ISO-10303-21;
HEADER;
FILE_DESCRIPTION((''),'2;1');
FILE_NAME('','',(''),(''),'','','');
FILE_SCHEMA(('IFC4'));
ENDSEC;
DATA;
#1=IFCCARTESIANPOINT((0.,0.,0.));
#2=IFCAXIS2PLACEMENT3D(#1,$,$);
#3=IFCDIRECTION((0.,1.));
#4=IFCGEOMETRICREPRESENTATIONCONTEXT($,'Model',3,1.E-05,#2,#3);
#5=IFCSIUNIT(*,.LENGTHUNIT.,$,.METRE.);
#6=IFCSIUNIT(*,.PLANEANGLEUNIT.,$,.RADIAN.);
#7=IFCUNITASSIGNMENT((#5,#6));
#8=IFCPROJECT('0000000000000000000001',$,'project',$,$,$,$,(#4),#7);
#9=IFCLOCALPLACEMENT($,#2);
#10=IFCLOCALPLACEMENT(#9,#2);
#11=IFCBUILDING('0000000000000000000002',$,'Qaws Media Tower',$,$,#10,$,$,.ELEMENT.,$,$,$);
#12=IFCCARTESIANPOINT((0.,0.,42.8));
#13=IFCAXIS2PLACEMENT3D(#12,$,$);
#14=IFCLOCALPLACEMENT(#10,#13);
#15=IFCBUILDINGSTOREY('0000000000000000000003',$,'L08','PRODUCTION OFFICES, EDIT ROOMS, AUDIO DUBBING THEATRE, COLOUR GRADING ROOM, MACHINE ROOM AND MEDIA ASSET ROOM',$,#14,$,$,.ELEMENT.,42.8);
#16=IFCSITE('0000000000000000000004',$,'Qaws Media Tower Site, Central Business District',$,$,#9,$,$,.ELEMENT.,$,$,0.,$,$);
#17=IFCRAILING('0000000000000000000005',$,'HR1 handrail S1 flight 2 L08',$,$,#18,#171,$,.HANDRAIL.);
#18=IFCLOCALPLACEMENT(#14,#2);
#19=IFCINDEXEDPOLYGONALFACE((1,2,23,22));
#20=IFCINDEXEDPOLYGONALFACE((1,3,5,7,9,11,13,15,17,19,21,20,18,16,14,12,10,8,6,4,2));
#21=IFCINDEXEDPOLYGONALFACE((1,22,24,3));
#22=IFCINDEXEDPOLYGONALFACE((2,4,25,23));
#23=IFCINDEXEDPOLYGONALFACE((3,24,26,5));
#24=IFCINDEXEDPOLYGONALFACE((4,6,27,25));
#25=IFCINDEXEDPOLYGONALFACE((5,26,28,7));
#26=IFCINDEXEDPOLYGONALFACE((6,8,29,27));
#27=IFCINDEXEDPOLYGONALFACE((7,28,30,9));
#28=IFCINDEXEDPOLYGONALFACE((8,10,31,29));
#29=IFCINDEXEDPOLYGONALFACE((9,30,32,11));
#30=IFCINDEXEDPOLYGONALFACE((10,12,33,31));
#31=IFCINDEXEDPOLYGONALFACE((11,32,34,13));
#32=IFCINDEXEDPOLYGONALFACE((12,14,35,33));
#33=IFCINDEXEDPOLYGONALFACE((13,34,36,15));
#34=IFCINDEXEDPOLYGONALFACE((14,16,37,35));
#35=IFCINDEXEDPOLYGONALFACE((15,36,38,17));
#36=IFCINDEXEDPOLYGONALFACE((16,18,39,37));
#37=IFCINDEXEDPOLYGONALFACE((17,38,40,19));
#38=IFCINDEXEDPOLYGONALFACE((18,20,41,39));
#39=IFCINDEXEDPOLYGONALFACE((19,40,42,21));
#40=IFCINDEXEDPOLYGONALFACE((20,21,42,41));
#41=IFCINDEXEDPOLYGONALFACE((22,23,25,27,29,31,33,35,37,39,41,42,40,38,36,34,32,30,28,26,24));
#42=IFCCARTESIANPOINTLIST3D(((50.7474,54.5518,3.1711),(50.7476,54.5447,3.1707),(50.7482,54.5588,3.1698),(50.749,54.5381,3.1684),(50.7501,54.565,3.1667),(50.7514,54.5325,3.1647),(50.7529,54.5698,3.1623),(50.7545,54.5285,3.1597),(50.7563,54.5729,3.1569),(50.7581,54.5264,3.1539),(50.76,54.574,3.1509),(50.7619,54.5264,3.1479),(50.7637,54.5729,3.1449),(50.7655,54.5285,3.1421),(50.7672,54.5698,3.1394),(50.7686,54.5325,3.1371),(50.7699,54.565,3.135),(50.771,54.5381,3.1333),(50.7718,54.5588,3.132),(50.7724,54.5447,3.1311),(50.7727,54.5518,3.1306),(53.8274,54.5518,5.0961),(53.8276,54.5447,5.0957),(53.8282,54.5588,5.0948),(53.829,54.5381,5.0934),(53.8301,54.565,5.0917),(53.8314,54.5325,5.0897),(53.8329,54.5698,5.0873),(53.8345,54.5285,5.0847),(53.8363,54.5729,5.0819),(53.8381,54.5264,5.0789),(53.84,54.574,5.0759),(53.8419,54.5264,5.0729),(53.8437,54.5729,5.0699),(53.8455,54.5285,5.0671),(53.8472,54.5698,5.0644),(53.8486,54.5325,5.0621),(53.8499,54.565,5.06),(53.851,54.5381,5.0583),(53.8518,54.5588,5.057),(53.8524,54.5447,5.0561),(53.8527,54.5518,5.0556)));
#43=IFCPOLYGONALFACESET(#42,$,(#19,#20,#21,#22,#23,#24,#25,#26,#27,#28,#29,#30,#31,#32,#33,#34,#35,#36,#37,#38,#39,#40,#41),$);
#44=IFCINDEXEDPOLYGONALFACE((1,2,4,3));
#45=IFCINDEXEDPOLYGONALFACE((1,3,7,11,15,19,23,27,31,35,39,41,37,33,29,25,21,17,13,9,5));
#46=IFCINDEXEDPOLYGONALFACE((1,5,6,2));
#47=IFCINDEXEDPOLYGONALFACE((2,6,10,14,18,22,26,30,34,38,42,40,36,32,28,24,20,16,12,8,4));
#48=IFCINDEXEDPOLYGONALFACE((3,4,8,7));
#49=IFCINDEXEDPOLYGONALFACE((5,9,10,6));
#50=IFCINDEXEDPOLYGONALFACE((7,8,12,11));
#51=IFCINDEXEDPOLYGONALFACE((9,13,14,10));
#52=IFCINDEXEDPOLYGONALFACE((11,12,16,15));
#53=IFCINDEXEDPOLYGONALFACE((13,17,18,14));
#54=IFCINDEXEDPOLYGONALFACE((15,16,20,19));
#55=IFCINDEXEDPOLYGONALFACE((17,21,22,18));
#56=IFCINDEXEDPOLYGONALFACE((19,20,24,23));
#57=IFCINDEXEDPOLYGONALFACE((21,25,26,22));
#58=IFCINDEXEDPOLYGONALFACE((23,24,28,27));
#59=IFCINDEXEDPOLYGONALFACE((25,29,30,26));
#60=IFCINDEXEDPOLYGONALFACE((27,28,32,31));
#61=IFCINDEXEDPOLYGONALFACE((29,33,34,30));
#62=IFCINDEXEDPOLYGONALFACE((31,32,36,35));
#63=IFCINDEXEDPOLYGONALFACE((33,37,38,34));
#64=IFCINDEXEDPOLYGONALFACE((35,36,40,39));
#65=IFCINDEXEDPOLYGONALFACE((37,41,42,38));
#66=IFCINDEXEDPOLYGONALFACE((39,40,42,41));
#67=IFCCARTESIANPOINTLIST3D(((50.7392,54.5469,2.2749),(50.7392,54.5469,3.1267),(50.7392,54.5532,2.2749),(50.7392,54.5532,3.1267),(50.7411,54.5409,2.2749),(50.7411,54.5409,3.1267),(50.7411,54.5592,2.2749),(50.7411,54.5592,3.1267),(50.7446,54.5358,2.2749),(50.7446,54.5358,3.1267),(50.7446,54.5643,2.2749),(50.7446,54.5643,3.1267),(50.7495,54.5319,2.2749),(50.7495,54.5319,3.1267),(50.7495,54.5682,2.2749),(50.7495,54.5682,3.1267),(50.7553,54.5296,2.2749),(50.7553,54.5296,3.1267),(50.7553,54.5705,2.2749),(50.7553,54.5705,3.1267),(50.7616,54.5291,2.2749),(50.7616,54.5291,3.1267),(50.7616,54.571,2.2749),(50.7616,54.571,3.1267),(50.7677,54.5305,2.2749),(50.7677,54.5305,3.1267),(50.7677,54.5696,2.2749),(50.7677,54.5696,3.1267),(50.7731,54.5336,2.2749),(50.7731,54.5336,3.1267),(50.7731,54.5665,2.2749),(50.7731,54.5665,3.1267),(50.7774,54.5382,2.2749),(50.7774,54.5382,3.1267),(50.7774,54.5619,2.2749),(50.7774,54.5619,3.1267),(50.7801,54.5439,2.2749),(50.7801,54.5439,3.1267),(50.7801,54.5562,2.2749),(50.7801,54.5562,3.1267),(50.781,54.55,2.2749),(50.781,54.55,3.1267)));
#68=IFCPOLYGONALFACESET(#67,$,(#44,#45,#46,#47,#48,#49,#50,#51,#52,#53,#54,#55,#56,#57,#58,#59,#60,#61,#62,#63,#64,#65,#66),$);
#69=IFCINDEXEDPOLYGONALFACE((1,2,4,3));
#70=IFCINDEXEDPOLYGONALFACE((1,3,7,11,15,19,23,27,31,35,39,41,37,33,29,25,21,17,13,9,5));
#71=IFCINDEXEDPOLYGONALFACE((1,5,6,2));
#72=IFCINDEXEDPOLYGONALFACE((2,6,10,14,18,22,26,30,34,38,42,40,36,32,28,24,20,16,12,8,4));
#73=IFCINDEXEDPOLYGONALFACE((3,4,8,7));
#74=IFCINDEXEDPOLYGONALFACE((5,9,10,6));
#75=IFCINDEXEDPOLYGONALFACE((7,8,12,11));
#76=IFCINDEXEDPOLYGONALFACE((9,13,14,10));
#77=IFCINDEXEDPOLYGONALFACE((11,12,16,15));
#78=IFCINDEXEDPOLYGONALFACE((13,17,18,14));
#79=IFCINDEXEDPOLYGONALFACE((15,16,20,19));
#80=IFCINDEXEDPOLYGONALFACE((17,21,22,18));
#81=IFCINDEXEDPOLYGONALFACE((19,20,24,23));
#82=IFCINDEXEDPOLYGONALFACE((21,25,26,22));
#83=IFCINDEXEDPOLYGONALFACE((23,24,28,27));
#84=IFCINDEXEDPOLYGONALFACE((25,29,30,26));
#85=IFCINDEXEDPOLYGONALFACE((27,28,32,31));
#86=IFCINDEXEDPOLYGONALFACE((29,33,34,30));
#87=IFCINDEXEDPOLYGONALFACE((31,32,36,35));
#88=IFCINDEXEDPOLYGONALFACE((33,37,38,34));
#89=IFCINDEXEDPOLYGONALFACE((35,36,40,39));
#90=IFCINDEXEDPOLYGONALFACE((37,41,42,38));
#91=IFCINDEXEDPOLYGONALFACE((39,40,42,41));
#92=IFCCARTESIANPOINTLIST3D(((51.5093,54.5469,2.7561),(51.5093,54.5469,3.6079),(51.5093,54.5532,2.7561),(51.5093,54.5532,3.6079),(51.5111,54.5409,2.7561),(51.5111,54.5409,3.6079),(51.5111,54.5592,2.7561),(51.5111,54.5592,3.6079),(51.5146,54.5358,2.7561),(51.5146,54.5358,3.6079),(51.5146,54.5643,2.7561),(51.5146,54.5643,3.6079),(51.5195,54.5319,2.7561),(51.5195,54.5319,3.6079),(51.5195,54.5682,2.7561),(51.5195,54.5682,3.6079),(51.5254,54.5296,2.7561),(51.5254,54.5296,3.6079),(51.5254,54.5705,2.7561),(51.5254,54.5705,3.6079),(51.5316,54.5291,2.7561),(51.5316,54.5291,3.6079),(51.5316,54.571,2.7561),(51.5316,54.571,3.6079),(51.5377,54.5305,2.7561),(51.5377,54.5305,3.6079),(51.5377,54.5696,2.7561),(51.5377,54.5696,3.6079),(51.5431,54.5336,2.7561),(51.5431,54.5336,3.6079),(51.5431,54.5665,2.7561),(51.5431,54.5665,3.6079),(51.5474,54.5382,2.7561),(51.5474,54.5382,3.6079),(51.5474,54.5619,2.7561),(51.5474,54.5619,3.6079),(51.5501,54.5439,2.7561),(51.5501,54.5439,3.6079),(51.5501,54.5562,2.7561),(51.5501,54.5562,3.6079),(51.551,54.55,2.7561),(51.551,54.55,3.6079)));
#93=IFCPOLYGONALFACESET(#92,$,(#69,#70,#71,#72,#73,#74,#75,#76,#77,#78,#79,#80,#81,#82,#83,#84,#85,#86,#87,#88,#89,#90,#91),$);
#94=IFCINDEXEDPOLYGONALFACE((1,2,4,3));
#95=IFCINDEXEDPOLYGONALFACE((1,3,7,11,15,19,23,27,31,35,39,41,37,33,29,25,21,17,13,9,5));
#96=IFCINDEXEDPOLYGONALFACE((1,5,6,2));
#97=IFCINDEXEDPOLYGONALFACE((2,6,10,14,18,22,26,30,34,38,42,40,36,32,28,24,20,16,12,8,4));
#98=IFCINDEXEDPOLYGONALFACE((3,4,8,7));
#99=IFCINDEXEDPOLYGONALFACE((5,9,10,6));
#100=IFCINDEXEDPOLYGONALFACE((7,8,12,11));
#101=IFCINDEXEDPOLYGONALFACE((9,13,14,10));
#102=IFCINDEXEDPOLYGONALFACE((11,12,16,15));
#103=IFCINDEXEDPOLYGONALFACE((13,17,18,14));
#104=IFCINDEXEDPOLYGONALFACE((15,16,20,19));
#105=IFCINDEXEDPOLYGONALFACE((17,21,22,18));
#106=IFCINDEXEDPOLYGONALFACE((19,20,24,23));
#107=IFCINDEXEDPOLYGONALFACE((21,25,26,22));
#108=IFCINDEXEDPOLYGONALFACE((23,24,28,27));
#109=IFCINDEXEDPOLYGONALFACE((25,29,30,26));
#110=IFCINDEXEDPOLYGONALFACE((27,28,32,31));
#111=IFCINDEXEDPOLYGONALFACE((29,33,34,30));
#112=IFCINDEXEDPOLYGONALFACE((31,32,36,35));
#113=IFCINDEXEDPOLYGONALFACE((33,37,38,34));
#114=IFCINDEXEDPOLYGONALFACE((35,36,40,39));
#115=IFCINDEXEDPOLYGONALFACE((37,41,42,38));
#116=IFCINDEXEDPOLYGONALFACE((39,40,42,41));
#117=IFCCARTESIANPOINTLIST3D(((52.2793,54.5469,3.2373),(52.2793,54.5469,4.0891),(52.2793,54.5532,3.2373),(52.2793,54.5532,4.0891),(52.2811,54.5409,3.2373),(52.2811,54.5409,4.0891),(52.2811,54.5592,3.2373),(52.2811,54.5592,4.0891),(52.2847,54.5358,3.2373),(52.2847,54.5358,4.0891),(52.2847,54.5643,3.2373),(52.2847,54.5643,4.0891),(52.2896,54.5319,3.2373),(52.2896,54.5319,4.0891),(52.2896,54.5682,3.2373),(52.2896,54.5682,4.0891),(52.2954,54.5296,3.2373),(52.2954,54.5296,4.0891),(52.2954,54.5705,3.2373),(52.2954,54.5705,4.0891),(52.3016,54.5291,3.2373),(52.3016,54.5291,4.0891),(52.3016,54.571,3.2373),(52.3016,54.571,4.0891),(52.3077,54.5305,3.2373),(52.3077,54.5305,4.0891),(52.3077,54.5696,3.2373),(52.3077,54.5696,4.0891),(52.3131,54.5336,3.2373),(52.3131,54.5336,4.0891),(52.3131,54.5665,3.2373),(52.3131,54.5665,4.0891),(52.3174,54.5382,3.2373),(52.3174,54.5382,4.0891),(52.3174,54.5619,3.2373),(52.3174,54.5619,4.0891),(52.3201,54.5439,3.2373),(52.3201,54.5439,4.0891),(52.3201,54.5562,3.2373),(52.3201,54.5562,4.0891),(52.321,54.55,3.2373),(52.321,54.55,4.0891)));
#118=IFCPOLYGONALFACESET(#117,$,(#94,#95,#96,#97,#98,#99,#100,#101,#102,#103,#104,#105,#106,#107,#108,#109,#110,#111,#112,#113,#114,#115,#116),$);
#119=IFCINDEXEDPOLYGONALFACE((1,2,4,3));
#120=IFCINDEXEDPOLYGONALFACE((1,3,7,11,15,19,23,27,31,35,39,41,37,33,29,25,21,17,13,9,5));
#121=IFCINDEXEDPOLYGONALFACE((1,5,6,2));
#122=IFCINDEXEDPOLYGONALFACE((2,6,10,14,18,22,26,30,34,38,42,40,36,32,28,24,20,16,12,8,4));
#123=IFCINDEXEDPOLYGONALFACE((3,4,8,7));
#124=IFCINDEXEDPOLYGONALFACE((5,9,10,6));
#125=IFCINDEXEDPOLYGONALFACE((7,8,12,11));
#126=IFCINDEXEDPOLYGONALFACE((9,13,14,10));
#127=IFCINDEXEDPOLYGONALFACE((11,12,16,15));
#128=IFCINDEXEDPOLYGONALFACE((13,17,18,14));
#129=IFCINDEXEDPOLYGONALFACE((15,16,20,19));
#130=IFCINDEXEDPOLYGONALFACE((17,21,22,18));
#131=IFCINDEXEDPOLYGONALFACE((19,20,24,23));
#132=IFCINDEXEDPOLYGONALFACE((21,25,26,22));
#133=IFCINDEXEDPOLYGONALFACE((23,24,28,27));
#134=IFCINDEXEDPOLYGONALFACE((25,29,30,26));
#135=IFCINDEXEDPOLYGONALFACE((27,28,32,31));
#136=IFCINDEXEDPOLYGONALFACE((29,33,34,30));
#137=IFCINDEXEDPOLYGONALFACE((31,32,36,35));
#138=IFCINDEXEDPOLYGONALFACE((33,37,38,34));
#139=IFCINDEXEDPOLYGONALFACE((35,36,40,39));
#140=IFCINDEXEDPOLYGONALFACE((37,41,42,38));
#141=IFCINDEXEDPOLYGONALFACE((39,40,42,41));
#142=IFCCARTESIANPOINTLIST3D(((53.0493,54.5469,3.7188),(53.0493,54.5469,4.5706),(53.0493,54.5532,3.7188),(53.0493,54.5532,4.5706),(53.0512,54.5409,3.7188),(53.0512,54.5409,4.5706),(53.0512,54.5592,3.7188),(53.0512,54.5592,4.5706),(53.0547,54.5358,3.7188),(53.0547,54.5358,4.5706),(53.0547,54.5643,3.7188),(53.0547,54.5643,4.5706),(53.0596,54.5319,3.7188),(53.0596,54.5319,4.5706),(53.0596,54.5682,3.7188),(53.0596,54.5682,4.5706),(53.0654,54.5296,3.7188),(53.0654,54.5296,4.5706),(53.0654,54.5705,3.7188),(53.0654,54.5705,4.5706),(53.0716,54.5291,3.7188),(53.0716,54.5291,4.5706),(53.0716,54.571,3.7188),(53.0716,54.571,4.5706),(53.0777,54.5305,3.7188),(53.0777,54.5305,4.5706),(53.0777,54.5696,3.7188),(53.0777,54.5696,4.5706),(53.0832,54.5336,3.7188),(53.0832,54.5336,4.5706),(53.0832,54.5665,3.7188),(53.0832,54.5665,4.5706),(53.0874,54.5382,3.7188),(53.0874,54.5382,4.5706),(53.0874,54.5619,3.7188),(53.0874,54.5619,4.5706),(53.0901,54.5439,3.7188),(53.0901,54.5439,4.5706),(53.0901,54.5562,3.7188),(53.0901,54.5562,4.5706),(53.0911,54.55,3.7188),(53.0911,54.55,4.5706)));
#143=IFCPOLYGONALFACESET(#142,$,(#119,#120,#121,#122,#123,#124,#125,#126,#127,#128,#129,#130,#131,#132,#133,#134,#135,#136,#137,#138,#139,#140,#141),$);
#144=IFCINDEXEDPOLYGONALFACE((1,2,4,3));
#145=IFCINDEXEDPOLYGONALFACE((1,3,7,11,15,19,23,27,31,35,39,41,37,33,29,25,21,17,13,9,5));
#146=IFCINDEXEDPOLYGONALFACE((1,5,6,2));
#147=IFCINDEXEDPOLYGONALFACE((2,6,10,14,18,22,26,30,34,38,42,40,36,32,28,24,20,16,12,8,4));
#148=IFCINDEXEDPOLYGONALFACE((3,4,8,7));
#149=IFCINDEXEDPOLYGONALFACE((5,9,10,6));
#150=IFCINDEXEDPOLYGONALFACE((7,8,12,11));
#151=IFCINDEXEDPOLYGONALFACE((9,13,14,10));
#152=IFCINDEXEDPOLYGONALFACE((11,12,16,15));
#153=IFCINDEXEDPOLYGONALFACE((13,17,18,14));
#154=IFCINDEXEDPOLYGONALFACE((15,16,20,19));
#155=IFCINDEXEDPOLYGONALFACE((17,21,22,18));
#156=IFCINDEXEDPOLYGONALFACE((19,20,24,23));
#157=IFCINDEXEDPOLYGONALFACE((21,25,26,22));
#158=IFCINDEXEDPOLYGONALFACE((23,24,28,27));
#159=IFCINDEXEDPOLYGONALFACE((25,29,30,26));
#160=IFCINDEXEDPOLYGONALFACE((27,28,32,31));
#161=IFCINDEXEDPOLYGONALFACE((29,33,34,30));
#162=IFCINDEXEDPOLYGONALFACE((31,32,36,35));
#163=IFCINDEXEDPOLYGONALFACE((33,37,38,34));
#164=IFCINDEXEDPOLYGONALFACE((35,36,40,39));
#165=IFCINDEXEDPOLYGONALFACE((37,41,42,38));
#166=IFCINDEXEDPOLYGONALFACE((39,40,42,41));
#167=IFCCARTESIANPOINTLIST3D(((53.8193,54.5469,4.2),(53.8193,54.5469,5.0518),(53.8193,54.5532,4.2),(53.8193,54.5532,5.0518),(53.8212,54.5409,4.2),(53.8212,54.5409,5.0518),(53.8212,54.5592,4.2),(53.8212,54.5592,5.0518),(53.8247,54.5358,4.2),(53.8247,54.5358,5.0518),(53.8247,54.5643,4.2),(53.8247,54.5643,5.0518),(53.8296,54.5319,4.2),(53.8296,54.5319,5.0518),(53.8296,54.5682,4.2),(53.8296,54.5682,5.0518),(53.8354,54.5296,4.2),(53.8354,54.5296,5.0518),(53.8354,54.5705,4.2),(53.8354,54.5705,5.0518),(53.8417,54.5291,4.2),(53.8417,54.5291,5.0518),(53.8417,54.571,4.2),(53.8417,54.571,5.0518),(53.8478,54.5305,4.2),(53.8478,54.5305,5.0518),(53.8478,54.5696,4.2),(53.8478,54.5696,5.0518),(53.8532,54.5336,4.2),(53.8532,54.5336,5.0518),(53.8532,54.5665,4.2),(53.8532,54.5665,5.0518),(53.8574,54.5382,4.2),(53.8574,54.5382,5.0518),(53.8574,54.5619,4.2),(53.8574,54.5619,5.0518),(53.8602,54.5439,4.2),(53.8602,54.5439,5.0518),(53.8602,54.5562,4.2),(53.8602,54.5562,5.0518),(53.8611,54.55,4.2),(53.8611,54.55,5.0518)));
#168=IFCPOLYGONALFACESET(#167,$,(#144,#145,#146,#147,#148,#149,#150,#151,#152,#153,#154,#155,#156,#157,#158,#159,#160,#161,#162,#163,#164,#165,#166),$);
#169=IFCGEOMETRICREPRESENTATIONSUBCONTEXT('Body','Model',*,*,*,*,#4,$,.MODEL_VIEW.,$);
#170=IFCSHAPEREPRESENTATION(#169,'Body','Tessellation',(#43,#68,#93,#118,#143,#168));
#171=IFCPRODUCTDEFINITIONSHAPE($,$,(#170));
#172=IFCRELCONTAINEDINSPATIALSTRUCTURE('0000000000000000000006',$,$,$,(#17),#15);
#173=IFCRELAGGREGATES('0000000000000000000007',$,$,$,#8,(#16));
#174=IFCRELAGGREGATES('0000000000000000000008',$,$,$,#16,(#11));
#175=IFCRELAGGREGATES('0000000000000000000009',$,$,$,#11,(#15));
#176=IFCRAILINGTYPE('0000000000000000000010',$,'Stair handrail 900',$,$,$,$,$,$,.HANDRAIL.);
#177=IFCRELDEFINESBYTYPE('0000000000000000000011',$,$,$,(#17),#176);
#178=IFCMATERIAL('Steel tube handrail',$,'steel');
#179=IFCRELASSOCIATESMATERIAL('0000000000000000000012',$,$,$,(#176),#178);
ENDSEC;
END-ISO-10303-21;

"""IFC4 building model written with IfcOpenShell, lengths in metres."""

from ifc_helpers import new_model, si_unit, direction, frame, origin, origin_2d, place, context, subcontext, project, spatial, circle, extrude, material, type_object, element, save


model = new_model("IFC4")

# Units and contexts
model_context = context("Model", 3, precision=1e-05, world=origin(), true_north=direction((0.0, 1.0)))
body_context = subcontext(model_context, "Body", "Model", "MODEL_VIEW")
ifc_project = project(units=[si_unit("LENGTHUNIT", "METRE"), si_unit("PLANEANGLEUNIT", "RADIAN")], contexts=[model_context])

# Site, building, storey
site_placement = place(None, origin())
site = spatial("IfcSite", under=ifc_project, at=site_placement, Name="Qaws Media Tower Site, Central Business District", CompositionType="ELEMENT", RefElevation=0.0)
building_placement = place(site_placement, origin())
building = spatial("IfcBuilding", under=site, at=building_placement, Name="Qaws Media Tower", CompositionType="ELEMENT")
storey_placement = place(building_placement, frame((0.0, 0.0, 42.8)))
storey = spatial("IfcBuildingStorey", under=building, at=storey_placement, Name="L08", Description="PRODUCTION OFFICES, EDIT ROOMS, AUDIO DUBBING THEATRE, COLOUR GRADING ROOM, MACHINE ROOM AND MEDIA ASSET ROOM", CompositionType="ELEMENT", Elevation=42.8)

# Railing
ifc_material_1 = material(Name="Steel tube handrail", Category="steel")
railing_type = type_object("IfcRailingType", Name="Stair handrail 900", PredefinedType="HANDRAIL", material=ifc_material_1)
for number, where, name in (
    (1, (50.76, 54.55, 2.2749), "HR1 handrail S1 flight 2 L08"),
):
    element("IfcRailing", number, at=place(storey_placement, frame(where)), inside=storey, type_object=railing_type, Name=name, PredefinedType="HANDRAIL", context=body_context, shape_type="SweptSolid", body=[
        extrude(circle(Radius=0.0239, at=origin_2d()), frame((0.0, 0.0, 0.876), z_axis=(0.847998, 0.0, 0.529999), x_axis=(0.0, 1.0, 0.0)), (0.0, 0.0, 1.0), 3.6321),
        extrude(circle(Radius=0.021, at=origin_2d()), origin(), (0.0, 0.0, 1.0), 0.8518),
        extrude(circle(Radius=0.021, at=origin_2d()), frame((0.77, 0.0, 0.4812)), (0.0, 0.0, 1.0), 0.8518),
        extrude(circle(Radius=0.021, at=origin_2d()), frame((1.54, 0.0, 0.9624)), (0.0, 0.0, 1.0), 0.8518),
        extrude(circle(Radius=0.021, at=origin_2d()), frame((2.3101, 0.0, 1.4438)), (0.0, 0.0, 1.0), 0.8518),
        extrude(circle(Radius=0.021, at=origin_2d()), frame((3.0801, 0.0, 1.925)), (0.0, 0.0, 1.0), 0.8518),
    ])

save(model, "model.ifc")
